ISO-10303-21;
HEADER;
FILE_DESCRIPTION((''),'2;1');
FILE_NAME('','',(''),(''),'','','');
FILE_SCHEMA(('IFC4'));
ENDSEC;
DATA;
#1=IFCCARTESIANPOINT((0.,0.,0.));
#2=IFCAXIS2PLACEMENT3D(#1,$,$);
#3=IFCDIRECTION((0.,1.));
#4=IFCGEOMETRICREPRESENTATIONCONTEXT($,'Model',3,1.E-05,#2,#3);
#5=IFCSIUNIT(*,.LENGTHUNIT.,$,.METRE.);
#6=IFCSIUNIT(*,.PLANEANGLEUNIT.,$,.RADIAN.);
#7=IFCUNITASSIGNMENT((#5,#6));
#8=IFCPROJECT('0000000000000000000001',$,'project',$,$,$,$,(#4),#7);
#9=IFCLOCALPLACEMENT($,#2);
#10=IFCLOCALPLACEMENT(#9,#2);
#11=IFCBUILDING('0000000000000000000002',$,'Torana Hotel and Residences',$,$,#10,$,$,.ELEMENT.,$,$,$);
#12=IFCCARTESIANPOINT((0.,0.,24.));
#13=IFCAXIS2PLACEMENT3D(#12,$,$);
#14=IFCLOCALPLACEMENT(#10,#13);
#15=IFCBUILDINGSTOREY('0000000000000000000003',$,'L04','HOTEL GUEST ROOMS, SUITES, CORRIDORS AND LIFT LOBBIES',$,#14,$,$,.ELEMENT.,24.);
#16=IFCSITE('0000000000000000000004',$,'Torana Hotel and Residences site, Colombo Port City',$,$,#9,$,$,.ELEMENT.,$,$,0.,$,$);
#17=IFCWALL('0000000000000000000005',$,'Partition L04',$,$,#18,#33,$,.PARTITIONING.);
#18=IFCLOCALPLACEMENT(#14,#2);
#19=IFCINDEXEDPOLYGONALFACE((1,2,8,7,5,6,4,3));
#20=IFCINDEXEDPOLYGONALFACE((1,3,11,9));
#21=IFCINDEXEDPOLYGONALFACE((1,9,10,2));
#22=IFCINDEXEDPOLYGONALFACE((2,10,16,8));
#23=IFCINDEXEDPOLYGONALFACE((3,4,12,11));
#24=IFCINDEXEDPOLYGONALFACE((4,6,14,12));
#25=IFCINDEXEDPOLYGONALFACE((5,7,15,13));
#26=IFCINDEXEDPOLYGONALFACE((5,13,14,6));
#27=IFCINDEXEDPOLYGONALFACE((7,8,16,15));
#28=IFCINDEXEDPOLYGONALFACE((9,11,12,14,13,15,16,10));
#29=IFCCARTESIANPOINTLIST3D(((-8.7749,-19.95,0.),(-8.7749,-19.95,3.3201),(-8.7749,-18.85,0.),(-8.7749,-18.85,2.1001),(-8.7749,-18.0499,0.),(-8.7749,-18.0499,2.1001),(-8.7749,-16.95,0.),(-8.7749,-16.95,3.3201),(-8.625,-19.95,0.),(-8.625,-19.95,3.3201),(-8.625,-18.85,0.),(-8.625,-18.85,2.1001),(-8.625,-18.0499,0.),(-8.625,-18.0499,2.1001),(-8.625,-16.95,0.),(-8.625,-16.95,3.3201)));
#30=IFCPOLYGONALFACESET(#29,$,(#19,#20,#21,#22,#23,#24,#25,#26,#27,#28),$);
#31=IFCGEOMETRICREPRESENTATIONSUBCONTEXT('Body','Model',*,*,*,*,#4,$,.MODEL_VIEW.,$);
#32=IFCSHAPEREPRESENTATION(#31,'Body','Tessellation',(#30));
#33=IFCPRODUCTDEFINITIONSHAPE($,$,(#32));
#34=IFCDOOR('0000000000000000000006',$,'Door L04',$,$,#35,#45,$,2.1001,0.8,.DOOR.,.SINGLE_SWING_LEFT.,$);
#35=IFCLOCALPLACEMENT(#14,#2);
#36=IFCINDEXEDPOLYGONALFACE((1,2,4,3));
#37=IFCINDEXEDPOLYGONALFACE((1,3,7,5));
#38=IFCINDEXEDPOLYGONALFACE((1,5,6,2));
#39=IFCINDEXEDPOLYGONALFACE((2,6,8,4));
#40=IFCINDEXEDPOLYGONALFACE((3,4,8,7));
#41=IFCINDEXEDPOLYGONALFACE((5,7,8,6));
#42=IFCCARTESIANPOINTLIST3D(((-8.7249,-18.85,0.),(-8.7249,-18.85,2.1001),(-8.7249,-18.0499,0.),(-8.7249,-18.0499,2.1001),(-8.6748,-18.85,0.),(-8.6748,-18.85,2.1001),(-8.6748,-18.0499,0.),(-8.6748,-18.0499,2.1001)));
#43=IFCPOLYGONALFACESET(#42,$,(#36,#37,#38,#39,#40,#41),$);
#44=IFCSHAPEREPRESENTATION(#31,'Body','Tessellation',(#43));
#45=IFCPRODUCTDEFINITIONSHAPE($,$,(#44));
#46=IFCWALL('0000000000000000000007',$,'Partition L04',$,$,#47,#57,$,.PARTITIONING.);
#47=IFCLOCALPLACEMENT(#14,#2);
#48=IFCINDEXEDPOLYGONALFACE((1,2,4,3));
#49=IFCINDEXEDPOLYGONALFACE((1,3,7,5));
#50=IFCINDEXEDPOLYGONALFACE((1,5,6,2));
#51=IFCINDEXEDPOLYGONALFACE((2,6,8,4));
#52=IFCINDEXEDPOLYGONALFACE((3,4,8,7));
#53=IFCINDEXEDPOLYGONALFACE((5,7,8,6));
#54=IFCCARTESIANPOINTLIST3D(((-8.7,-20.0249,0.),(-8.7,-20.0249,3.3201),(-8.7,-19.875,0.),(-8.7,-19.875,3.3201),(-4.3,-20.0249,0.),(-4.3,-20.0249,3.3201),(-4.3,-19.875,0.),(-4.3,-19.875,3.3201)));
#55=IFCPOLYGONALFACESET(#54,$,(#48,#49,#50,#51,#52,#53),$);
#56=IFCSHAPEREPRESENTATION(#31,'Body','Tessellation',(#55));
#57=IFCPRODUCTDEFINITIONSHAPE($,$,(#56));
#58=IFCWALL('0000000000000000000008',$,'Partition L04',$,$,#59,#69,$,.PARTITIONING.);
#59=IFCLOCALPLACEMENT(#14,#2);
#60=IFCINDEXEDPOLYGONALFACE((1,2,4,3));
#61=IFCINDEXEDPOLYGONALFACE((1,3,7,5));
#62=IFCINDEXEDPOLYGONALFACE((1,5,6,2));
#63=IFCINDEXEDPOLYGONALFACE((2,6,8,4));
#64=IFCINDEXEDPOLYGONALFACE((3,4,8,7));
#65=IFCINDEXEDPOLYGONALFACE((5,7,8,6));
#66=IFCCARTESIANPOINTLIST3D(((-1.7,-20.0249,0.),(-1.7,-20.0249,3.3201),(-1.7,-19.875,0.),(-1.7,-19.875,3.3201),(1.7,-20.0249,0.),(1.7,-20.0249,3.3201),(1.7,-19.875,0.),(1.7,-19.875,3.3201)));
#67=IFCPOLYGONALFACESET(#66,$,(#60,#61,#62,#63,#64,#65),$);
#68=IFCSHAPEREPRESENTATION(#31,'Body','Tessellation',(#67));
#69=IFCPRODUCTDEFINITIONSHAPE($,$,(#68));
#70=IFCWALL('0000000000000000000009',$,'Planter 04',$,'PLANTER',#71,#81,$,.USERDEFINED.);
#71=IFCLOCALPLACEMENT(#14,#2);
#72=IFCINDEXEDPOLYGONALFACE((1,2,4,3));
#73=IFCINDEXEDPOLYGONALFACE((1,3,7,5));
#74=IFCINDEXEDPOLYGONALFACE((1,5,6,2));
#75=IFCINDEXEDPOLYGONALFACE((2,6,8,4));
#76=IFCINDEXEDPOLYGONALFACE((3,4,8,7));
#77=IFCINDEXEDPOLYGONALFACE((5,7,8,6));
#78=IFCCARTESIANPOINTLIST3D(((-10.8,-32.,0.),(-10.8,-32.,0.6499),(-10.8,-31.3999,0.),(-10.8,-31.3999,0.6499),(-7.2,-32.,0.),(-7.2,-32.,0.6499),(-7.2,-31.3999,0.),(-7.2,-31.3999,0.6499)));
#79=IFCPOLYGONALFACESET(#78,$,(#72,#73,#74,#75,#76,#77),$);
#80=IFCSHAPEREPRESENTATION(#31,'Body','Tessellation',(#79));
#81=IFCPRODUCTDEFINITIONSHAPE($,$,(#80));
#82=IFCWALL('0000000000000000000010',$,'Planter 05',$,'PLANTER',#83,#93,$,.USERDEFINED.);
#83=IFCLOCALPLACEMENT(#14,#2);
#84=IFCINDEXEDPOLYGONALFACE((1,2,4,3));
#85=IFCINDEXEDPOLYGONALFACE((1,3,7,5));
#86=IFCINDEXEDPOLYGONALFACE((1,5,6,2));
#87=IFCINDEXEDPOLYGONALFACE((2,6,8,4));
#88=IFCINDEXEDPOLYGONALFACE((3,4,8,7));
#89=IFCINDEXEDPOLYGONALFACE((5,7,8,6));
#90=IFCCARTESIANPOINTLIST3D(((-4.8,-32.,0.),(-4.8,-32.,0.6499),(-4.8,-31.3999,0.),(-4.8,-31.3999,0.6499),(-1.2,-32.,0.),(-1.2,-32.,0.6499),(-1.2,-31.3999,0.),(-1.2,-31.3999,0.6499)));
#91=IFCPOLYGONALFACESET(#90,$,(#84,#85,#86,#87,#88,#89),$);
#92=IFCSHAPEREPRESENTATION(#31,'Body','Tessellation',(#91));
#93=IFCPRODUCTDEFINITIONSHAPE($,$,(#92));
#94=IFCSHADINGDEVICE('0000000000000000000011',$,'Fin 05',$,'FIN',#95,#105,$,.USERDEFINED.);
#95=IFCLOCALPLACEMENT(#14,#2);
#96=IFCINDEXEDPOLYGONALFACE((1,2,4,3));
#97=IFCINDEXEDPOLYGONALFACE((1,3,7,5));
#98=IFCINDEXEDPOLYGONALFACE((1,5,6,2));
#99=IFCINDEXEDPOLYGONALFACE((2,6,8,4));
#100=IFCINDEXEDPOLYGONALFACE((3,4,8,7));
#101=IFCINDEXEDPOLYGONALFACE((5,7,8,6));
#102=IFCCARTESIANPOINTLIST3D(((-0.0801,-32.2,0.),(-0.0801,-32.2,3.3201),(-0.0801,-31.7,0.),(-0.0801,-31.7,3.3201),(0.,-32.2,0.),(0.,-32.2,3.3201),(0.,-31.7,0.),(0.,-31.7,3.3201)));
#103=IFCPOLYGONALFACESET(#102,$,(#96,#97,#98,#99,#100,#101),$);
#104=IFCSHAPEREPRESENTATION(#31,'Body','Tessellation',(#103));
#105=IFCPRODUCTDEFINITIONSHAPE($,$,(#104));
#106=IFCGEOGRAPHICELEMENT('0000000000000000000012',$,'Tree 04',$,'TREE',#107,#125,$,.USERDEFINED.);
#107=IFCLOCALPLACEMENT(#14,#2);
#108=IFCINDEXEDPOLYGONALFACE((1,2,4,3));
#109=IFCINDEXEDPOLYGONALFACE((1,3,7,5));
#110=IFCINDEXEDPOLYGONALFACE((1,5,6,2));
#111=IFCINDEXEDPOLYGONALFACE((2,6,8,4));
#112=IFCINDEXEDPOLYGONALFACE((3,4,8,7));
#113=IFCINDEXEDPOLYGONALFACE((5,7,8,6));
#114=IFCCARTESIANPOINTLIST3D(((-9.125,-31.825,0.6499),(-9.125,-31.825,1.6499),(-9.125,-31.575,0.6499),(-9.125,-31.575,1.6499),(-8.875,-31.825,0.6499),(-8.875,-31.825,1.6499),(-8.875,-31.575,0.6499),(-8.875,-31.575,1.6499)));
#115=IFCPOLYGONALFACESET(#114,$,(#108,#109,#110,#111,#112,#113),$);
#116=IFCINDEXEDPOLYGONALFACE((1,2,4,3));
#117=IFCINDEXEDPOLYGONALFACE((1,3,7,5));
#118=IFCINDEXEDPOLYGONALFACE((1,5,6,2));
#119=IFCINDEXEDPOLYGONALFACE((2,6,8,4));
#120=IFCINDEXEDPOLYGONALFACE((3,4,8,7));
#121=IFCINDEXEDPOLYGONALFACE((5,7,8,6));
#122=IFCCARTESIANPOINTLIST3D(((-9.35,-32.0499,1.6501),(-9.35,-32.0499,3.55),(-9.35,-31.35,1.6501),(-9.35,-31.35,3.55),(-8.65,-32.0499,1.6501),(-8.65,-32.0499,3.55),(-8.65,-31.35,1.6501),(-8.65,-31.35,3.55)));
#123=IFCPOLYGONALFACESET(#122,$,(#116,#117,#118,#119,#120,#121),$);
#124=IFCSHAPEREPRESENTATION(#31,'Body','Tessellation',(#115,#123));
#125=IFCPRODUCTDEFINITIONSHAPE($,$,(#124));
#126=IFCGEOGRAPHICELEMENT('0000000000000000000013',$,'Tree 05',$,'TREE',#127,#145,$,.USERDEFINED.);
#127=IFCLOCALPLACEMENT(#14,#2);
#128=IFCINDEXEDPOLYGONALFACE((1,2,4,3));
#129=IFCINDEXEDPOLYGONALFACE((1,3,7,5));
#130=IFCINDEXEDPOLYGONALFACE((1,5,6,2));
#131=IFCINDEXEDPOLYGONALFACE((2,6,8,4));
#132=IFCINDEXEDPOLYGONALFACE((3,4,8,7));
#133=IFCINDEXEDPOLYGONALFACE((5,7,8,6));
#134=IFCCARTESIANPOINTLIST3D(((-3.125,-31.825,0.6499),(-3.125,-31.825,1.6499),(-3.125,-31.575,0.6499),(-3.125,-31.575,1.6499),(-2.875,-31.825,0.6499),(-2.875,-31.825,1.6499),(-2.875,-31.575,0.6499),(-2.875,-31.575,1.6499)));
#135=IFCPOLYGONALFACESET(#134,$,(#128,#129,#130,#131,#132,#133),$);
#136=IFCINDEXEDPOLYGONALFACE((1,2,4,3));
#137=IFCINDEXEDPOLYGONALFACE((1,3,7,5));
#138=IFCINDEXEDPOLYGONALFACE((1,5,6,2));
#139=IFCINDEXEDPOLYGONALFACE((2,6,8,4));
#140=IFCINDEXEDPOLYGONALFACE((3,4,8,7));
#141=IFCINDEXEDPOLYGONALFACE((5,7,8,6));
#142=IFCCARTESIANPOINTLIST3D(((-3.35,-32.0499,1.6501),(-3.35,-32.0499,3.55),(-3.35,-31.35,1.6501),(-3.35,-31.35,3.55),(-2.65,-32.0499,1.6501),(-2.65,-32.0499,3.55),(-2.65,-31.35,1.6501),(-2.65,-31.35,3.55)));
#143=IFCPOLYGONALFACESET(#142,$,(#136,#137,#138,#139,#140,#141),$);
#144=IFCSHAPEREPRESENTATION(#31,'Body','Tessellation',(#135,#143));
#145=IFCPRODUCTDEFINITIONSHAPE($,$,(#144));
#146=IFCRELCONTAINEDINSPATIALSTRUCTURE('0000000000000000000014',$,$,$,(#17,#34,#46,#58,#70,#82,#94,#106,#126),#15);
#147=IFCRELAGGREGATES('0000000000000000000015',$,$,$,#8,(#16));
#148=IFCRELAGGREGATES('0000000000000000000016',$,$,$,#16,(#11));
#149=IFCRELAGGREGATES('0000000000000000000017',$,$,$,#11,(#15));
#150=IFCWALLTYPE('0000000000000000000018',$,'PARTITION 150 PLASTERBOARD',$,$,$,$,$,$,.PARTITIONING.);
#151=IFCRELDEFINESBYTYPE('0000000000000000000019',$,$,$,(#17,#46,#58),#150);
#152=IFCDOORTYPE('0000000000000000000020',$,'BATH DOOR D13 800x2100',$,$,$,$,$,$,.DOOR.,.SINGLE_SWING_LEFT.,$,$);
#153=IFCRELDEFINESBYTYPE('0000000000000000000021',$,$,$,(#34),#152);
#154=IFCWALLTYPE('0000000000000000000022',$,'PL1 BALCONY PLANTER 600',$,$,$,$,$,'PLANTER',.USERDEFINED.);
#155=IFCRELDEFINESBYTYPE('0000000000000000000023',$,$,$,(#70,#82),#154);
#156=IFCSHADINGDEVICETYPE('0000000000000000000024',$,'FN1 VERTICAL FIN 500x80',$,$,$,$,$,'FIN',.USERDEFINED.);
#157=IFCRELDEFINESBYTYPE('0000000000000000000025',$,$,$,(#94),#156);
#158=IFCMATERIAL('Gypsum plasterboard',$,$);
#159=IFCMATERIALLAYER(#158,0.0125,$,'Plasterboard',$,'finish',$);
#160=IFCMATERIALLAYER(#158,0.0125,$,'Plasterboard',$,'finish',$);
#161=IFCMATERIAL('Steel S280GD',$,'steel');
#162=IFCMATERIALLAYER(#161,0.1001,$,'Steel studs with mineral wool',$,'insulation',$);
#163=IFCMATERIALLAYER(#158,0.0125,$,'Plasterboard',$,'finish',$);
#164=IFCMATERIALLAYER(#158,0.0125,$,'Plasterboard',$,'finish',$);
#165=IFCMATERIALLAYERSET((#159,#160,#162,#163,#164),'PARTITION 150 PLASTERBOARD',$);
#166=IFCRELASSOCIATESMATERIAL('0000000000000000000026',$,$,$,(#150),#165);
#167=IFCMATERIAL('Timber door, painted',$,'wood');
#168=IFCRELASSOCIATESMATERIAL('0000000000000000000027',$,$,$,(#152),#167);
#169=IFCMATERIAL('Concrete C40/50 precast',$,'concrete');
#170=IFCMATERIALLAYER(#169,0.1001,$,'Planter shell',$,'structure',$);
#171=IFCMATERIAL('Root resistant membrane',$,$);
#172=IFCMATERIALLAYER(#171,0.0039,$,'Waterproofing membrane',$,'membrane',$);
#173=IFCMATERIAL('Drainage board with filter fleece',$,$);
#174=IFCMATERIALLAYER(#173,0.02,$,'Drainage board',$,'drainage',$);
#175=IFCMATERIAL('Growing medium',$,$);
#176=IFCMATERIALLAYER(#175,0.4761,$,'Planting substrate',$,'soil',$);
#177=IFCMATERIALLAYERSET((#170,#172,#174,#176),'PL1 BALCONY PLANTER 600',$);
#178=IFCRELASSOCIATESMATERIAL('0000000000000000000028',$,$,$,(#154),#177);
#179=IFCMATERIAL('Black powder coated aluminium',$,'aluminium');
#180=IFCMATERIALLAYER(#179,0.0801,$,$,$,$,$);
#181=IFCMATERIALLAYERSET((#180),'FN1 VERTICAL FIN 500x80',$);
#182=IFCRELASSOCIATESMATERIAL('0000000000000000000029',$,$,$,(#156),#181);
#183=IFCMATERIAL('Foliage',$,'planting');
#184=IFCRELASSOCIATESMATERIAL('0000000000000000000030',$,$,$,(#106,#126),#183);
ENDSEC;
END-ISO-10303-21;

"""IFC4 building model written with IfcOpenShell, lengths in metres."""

from ifc_helpers import new_model, si_unit, direction, frame, frame_2d, origin, origin_2d, place, context, subcontext, project, spatial, rectangle, extrude, material, layer, layer_set, type_object, element, fill, save


model = new_model("IFC4")

# Units and contexts
model_context = context("Model", 3, precision=1e-05, world=origin(), true_north=direction((0.0, 1.0)))
body_context = subcontext(model_context, "Body", "Model", "MODEL_VIEW")
ifc_project = project(units=[si_unit("LENGTHUNIT", "METRE"), si_unit("PLANEANGLEUNIT", "RADIAN")], contexts=[model_context])

# Site, building, storey
site_placement = place(None, origin())
site = spatial("IfcSite", under=ifc_project, at=site_placement, Name="Torana Hotel and Residences site, Colombo Port City", CompositionType="ELEMENT", RefElevation=0.0)
building_placement = place(site_placement, origin())
building = spatial("IfcBuilding", under=site, at=building_placement, Name="Torana Hotel and Residences", CompositionType="ELEMENT")
storey_placement = place(building_placement, frame((0.0, 0.0, 24.0)))
storey = spatial("IfcBuildingStorey", under=building, at=storey_placement, Name="L04", Description="HOTEL GUEST ROOMS, SUITES, CORRIDORS AND LIFT LOBBIES", CompositionType="ELEMENT", Elevation=24.0)

# Shared definitions
ifc_material_1 = material(Name="Gypsum plasterboard")
ifc_layer_1 = layer(ifc_material_1, 0.0125, Name="Plasterboard", Category="finish")
ifc_layer_2 = layer(ifc_material_1, 0.0125, Name="Plasterboard", Category="finish")
ifc_material_2 = material(Name="Steel S280GD", Category="steel")
ifc_layer_3 = layer(ifc_material_2, 0.1001, Name="Steel studs with mineral wool", Category="insulation")
ifc_layer_4 = layer(ifc_material_1, 0.0125, Name="Plasterboard", Category="finish")
ifc_layer_5 = layer(ifc_material_1, 0.0125, Name="Plasterboard", Category="finish")
ifc_layer_set_1 = layer_set([ifc_layer_1, ifc_layer_2, ifc_layer_3, ifc_layer_4, ifc_layer_5], Name="PARTITION 150 PLASTERBOARD")
wall_type_1 = type_object("IfcWallType", Name="PARTITION 150 PLASTERBOARD", PredefinedType="PARTITIONING", material=ifc_layer_set_1)
ifc_material_3 = material(Name="Timber door, painted", Category="wood")
door_type_1 = type_object("IfcDoorType", Name="BATH DOOR D13 800x2100", OperationType="SINGLE_SWING_LEFT", PredefinedType="DOOR", material=ifc_material_3)

# Wall, opening, door
wall_1_placement = place(storey_placement, frame((-8.7, -19.95, 0.0), z_axis=(0.0, 0.0, 1.0), x_axis=(0.0, 1.0, 0.0)))
wall_1 = element("IfcWall", 1, at=wall_1_placement, inside=storey, type_object=wall_type_1, Name="Partition L04", PredefinedType="PARTITIONING", context=body_context, shape_type="SweptSolid", body=[
    extrude(rectangle(XDim=3.0, YDim=0.1499, at=frame_2d((1.5, 0.0))), origin(), (0.0, 0.0, 1.0), 3.3201),
])
opening_1_placement = place(wall_1_placement, frame((1.1001, 0.0, 0.0)))
opening_1 = element("IfcOpeningElement", 2, at=opening_1_placement, cuts=wall_1, PredefinedType="OPENING", context=body_context, shape_type="SweptSolid", body=[
    extrude(rectangle(XDim=0.8, YDim=2.1001, at=frame_2d((0.3999, 1.05))), frame((0.0, 0.085, 0.0), z_axis=(0.0, -1.0, 0.0), x_axis=(1.0, 0.0, 0.0)), (0.0, 0.0, 1.0), 0.1699),
])
door_1_placement = place(opening_1_placement, origin())
door_1 = element("IfcDoor", 3, at=door_1_placement, inside=storey, type_object=door_type_1, Name="Door L04", OperationType="SINGLE_SWING_LEFT", OverallHeight=2.1001, OverallWidth=0.8, PredefinedType="DOOR", context=body_context, shape_type="SweptSolid", body=[
    extrude(rectangle(XDim=0.8, YDim=2.1001, at=frame_2d((0.3999, 1.05))), frame((0.0, 0.0249, 0.0), z_axis=(0.0, -1.0, 0.0), x_axis=(1.0, 0.0, 0.0)), (0.0, 0.0, 1.0), 0.05),
])
fill(opening_1, door_1)

# Walls
wall_2_placement = place(storey_placement, frame((-8.7, -19.95, 0.0), z_axis=(0.0, 0.0, 1.0), x_axis=(1.0, 0.0, 0.0)))
element("IfcWall", 4, at=wall_2_placement, inside=storey, type_object=wall_type_1, Name="Partition L04", PredefinedType="PARTITIONING", context=body_context, shape_type="SweptSolid", body=[
    extrude(rectangle(XDim=4.3999, YDim=0.1499, at=frame_2d((2.2, 0.0))), origin(), (0.0, 0.0, 1.0), 3.3201),
])
wall_3_placement = place(storey_placement, frame((-1.7, -19.95, 0.0), z_axis=(0.0, 0.0, 1.0), x_axis=(1.0, 0.0, 0.0)))
element("IfcWall", 5, at=wall_3_placement, inside=storey, type_object=wall_type_1, Name="Partition L04", PredefinedType="PARTITIONING", context=body_context, shape_type="SweptSolid", body=[
    extrude(rectangle(XDim=3.3999, YDim=0.1499, at=frame_2d((1.7, 0.0))), origin(), (0.0, 0.0, 1.0), 3.3201),
])
ifc_material_4 = material(Name="Concrete C40/50 precast", Category="concrete")
ifc_layer_6 = layer(ifc_material_4, 0.1001, Name="Planter shell", Category="structure")
ifc_material_5 = material(Name="Root resistant membrane")
ifc_layer_7 = layer(ifc_material_5, 0.0039, Name="Waterproofing membrane", Category="membrane")
ifc_material_6 = material(Name="Drainage board with filter fleece")
ifc_layer_8 = layer(ifc_material_6, 0.02, Name="Drainage board", Category="drainage")
ifc_material_7 = material(Name="Growing medium")
ifc_layer_9 = layer(ifc_material_7, 0.4761, Name="Planting substrate", Category="soil")
ifc_layer_set_2 = layer_set([ifc_layer_6, ifc_layer_7, ifc_layer_8, ifc_layer_9], Name="PL1 BALCONY PLANTER 600")
wall_type_2 = type_object("IfcWallType", Name="PL1 BALCONY PLANTER 600", ElementType="PLANTER", PredefinedType="USERDEFINED", material=ifc_layer_set_2)
for number, where, z_axis, x_axis, name in (
    (6, (-7.2, -31.7, 0.0), (0.0, 0.0, 1.0), (-1.0, 0.0, 0.0), "Planter 04"),
    (7, (-1.2, -31.7, 0.0), (0.0, 0.0, 1.0), (-1.0, 0.0, 0.0), "Planter 05"),
):
    element("IfcWall", number, at=place(storey_placement, frame(where, z_axis=z_axis, x_axis=x_axis)), inside=storey, type_object=wall_type_2, Name=name, ObjectType="PLANTER", PredefinedType="USERDEFINED", context=body_context, shape_type="SweptSolid", body=[
        extrude(rectangle(XDim=3.6001, YDim=0.6001, at=frame_2d((1.8, 0.0))), origin(), (0.0, 0.0, 1.0), 0.6499),
    ])

# Shading device
ifc_material_8 = material(Name="Black powder coated aluminium", Category="aluminium")
ifc_layer_10 = layer(ifc_material_8, 0.0801)
ifc_layer_set_3 = layer_set([ifc_layer_10], Name="FN1 VERTICAL FIN 500x80")
shading_device_type = type_object("IfcShadingDeviceType", Name="FN1 VERTICAL FIN 500x80", ElementType="FIN", PredefinedType="USERDEFINED", material=ifc_layer_set_3)
shading_device_placement = place(storey_placement, frame((-0.04, -31.95, 0.0), z_axis=(0.0, 0.0, 1.0), x_axis=(-1.0, 0.0, 0.0)))
element("IfcShadingDevice", 8, at=shading_device_placement, inside=storey, type_object=shading_device_type, Name="Fin 05", ObjectType="FIN", PredefinedType="USERDEFINED", context=body_context, shape_type="SweptSolid", body=[
    extrude(rectangle(XDim=0.0801, YDim=0.5, at=origin_2d()), origin(), (0.0, 0.0, 1.0), 3.3201),
])

# Geographic elements
ifc_material_9 = material(Name="Foliage", Category="planting")
for number, where, z_axis, x_axis, name in (
    (9, (-9.0, -31.7, 0.6499), (0.0, 0.0, 1.0), (1.0, 0.0, 0.0), "Tree 04"),
    (10, (-3.0, -31.7, 0.6499), (0.0, 0.0, 1.0), (1.0, 0.0, 0.0), "Tree 05"),
):
    element("IfcGeographicElement", number, at=place(storey_placement, frame(where, z_axis=z_axis, x_axis=x_axis)), inside=storey, material=ifc_material_9, Name=name, ObjectType="TREE", PredefinedType="USERDEFINED", context=body_context, shape_type="SweptSolid", body=[
        extrude(rectangle(XDim=0.25, YDim=0.25, at=origin_2d()), origin(), (0.0, 0.0, 1.0), 1.0),
        extrude(rectangle(XDim=0.7, YDim=0.7, at=origin_2d()), frame((0.0, 0.0, 1.0002)), (0.0, 0.0, 1.0), 1.8999),
    ])

save(model, "model.ifc")
